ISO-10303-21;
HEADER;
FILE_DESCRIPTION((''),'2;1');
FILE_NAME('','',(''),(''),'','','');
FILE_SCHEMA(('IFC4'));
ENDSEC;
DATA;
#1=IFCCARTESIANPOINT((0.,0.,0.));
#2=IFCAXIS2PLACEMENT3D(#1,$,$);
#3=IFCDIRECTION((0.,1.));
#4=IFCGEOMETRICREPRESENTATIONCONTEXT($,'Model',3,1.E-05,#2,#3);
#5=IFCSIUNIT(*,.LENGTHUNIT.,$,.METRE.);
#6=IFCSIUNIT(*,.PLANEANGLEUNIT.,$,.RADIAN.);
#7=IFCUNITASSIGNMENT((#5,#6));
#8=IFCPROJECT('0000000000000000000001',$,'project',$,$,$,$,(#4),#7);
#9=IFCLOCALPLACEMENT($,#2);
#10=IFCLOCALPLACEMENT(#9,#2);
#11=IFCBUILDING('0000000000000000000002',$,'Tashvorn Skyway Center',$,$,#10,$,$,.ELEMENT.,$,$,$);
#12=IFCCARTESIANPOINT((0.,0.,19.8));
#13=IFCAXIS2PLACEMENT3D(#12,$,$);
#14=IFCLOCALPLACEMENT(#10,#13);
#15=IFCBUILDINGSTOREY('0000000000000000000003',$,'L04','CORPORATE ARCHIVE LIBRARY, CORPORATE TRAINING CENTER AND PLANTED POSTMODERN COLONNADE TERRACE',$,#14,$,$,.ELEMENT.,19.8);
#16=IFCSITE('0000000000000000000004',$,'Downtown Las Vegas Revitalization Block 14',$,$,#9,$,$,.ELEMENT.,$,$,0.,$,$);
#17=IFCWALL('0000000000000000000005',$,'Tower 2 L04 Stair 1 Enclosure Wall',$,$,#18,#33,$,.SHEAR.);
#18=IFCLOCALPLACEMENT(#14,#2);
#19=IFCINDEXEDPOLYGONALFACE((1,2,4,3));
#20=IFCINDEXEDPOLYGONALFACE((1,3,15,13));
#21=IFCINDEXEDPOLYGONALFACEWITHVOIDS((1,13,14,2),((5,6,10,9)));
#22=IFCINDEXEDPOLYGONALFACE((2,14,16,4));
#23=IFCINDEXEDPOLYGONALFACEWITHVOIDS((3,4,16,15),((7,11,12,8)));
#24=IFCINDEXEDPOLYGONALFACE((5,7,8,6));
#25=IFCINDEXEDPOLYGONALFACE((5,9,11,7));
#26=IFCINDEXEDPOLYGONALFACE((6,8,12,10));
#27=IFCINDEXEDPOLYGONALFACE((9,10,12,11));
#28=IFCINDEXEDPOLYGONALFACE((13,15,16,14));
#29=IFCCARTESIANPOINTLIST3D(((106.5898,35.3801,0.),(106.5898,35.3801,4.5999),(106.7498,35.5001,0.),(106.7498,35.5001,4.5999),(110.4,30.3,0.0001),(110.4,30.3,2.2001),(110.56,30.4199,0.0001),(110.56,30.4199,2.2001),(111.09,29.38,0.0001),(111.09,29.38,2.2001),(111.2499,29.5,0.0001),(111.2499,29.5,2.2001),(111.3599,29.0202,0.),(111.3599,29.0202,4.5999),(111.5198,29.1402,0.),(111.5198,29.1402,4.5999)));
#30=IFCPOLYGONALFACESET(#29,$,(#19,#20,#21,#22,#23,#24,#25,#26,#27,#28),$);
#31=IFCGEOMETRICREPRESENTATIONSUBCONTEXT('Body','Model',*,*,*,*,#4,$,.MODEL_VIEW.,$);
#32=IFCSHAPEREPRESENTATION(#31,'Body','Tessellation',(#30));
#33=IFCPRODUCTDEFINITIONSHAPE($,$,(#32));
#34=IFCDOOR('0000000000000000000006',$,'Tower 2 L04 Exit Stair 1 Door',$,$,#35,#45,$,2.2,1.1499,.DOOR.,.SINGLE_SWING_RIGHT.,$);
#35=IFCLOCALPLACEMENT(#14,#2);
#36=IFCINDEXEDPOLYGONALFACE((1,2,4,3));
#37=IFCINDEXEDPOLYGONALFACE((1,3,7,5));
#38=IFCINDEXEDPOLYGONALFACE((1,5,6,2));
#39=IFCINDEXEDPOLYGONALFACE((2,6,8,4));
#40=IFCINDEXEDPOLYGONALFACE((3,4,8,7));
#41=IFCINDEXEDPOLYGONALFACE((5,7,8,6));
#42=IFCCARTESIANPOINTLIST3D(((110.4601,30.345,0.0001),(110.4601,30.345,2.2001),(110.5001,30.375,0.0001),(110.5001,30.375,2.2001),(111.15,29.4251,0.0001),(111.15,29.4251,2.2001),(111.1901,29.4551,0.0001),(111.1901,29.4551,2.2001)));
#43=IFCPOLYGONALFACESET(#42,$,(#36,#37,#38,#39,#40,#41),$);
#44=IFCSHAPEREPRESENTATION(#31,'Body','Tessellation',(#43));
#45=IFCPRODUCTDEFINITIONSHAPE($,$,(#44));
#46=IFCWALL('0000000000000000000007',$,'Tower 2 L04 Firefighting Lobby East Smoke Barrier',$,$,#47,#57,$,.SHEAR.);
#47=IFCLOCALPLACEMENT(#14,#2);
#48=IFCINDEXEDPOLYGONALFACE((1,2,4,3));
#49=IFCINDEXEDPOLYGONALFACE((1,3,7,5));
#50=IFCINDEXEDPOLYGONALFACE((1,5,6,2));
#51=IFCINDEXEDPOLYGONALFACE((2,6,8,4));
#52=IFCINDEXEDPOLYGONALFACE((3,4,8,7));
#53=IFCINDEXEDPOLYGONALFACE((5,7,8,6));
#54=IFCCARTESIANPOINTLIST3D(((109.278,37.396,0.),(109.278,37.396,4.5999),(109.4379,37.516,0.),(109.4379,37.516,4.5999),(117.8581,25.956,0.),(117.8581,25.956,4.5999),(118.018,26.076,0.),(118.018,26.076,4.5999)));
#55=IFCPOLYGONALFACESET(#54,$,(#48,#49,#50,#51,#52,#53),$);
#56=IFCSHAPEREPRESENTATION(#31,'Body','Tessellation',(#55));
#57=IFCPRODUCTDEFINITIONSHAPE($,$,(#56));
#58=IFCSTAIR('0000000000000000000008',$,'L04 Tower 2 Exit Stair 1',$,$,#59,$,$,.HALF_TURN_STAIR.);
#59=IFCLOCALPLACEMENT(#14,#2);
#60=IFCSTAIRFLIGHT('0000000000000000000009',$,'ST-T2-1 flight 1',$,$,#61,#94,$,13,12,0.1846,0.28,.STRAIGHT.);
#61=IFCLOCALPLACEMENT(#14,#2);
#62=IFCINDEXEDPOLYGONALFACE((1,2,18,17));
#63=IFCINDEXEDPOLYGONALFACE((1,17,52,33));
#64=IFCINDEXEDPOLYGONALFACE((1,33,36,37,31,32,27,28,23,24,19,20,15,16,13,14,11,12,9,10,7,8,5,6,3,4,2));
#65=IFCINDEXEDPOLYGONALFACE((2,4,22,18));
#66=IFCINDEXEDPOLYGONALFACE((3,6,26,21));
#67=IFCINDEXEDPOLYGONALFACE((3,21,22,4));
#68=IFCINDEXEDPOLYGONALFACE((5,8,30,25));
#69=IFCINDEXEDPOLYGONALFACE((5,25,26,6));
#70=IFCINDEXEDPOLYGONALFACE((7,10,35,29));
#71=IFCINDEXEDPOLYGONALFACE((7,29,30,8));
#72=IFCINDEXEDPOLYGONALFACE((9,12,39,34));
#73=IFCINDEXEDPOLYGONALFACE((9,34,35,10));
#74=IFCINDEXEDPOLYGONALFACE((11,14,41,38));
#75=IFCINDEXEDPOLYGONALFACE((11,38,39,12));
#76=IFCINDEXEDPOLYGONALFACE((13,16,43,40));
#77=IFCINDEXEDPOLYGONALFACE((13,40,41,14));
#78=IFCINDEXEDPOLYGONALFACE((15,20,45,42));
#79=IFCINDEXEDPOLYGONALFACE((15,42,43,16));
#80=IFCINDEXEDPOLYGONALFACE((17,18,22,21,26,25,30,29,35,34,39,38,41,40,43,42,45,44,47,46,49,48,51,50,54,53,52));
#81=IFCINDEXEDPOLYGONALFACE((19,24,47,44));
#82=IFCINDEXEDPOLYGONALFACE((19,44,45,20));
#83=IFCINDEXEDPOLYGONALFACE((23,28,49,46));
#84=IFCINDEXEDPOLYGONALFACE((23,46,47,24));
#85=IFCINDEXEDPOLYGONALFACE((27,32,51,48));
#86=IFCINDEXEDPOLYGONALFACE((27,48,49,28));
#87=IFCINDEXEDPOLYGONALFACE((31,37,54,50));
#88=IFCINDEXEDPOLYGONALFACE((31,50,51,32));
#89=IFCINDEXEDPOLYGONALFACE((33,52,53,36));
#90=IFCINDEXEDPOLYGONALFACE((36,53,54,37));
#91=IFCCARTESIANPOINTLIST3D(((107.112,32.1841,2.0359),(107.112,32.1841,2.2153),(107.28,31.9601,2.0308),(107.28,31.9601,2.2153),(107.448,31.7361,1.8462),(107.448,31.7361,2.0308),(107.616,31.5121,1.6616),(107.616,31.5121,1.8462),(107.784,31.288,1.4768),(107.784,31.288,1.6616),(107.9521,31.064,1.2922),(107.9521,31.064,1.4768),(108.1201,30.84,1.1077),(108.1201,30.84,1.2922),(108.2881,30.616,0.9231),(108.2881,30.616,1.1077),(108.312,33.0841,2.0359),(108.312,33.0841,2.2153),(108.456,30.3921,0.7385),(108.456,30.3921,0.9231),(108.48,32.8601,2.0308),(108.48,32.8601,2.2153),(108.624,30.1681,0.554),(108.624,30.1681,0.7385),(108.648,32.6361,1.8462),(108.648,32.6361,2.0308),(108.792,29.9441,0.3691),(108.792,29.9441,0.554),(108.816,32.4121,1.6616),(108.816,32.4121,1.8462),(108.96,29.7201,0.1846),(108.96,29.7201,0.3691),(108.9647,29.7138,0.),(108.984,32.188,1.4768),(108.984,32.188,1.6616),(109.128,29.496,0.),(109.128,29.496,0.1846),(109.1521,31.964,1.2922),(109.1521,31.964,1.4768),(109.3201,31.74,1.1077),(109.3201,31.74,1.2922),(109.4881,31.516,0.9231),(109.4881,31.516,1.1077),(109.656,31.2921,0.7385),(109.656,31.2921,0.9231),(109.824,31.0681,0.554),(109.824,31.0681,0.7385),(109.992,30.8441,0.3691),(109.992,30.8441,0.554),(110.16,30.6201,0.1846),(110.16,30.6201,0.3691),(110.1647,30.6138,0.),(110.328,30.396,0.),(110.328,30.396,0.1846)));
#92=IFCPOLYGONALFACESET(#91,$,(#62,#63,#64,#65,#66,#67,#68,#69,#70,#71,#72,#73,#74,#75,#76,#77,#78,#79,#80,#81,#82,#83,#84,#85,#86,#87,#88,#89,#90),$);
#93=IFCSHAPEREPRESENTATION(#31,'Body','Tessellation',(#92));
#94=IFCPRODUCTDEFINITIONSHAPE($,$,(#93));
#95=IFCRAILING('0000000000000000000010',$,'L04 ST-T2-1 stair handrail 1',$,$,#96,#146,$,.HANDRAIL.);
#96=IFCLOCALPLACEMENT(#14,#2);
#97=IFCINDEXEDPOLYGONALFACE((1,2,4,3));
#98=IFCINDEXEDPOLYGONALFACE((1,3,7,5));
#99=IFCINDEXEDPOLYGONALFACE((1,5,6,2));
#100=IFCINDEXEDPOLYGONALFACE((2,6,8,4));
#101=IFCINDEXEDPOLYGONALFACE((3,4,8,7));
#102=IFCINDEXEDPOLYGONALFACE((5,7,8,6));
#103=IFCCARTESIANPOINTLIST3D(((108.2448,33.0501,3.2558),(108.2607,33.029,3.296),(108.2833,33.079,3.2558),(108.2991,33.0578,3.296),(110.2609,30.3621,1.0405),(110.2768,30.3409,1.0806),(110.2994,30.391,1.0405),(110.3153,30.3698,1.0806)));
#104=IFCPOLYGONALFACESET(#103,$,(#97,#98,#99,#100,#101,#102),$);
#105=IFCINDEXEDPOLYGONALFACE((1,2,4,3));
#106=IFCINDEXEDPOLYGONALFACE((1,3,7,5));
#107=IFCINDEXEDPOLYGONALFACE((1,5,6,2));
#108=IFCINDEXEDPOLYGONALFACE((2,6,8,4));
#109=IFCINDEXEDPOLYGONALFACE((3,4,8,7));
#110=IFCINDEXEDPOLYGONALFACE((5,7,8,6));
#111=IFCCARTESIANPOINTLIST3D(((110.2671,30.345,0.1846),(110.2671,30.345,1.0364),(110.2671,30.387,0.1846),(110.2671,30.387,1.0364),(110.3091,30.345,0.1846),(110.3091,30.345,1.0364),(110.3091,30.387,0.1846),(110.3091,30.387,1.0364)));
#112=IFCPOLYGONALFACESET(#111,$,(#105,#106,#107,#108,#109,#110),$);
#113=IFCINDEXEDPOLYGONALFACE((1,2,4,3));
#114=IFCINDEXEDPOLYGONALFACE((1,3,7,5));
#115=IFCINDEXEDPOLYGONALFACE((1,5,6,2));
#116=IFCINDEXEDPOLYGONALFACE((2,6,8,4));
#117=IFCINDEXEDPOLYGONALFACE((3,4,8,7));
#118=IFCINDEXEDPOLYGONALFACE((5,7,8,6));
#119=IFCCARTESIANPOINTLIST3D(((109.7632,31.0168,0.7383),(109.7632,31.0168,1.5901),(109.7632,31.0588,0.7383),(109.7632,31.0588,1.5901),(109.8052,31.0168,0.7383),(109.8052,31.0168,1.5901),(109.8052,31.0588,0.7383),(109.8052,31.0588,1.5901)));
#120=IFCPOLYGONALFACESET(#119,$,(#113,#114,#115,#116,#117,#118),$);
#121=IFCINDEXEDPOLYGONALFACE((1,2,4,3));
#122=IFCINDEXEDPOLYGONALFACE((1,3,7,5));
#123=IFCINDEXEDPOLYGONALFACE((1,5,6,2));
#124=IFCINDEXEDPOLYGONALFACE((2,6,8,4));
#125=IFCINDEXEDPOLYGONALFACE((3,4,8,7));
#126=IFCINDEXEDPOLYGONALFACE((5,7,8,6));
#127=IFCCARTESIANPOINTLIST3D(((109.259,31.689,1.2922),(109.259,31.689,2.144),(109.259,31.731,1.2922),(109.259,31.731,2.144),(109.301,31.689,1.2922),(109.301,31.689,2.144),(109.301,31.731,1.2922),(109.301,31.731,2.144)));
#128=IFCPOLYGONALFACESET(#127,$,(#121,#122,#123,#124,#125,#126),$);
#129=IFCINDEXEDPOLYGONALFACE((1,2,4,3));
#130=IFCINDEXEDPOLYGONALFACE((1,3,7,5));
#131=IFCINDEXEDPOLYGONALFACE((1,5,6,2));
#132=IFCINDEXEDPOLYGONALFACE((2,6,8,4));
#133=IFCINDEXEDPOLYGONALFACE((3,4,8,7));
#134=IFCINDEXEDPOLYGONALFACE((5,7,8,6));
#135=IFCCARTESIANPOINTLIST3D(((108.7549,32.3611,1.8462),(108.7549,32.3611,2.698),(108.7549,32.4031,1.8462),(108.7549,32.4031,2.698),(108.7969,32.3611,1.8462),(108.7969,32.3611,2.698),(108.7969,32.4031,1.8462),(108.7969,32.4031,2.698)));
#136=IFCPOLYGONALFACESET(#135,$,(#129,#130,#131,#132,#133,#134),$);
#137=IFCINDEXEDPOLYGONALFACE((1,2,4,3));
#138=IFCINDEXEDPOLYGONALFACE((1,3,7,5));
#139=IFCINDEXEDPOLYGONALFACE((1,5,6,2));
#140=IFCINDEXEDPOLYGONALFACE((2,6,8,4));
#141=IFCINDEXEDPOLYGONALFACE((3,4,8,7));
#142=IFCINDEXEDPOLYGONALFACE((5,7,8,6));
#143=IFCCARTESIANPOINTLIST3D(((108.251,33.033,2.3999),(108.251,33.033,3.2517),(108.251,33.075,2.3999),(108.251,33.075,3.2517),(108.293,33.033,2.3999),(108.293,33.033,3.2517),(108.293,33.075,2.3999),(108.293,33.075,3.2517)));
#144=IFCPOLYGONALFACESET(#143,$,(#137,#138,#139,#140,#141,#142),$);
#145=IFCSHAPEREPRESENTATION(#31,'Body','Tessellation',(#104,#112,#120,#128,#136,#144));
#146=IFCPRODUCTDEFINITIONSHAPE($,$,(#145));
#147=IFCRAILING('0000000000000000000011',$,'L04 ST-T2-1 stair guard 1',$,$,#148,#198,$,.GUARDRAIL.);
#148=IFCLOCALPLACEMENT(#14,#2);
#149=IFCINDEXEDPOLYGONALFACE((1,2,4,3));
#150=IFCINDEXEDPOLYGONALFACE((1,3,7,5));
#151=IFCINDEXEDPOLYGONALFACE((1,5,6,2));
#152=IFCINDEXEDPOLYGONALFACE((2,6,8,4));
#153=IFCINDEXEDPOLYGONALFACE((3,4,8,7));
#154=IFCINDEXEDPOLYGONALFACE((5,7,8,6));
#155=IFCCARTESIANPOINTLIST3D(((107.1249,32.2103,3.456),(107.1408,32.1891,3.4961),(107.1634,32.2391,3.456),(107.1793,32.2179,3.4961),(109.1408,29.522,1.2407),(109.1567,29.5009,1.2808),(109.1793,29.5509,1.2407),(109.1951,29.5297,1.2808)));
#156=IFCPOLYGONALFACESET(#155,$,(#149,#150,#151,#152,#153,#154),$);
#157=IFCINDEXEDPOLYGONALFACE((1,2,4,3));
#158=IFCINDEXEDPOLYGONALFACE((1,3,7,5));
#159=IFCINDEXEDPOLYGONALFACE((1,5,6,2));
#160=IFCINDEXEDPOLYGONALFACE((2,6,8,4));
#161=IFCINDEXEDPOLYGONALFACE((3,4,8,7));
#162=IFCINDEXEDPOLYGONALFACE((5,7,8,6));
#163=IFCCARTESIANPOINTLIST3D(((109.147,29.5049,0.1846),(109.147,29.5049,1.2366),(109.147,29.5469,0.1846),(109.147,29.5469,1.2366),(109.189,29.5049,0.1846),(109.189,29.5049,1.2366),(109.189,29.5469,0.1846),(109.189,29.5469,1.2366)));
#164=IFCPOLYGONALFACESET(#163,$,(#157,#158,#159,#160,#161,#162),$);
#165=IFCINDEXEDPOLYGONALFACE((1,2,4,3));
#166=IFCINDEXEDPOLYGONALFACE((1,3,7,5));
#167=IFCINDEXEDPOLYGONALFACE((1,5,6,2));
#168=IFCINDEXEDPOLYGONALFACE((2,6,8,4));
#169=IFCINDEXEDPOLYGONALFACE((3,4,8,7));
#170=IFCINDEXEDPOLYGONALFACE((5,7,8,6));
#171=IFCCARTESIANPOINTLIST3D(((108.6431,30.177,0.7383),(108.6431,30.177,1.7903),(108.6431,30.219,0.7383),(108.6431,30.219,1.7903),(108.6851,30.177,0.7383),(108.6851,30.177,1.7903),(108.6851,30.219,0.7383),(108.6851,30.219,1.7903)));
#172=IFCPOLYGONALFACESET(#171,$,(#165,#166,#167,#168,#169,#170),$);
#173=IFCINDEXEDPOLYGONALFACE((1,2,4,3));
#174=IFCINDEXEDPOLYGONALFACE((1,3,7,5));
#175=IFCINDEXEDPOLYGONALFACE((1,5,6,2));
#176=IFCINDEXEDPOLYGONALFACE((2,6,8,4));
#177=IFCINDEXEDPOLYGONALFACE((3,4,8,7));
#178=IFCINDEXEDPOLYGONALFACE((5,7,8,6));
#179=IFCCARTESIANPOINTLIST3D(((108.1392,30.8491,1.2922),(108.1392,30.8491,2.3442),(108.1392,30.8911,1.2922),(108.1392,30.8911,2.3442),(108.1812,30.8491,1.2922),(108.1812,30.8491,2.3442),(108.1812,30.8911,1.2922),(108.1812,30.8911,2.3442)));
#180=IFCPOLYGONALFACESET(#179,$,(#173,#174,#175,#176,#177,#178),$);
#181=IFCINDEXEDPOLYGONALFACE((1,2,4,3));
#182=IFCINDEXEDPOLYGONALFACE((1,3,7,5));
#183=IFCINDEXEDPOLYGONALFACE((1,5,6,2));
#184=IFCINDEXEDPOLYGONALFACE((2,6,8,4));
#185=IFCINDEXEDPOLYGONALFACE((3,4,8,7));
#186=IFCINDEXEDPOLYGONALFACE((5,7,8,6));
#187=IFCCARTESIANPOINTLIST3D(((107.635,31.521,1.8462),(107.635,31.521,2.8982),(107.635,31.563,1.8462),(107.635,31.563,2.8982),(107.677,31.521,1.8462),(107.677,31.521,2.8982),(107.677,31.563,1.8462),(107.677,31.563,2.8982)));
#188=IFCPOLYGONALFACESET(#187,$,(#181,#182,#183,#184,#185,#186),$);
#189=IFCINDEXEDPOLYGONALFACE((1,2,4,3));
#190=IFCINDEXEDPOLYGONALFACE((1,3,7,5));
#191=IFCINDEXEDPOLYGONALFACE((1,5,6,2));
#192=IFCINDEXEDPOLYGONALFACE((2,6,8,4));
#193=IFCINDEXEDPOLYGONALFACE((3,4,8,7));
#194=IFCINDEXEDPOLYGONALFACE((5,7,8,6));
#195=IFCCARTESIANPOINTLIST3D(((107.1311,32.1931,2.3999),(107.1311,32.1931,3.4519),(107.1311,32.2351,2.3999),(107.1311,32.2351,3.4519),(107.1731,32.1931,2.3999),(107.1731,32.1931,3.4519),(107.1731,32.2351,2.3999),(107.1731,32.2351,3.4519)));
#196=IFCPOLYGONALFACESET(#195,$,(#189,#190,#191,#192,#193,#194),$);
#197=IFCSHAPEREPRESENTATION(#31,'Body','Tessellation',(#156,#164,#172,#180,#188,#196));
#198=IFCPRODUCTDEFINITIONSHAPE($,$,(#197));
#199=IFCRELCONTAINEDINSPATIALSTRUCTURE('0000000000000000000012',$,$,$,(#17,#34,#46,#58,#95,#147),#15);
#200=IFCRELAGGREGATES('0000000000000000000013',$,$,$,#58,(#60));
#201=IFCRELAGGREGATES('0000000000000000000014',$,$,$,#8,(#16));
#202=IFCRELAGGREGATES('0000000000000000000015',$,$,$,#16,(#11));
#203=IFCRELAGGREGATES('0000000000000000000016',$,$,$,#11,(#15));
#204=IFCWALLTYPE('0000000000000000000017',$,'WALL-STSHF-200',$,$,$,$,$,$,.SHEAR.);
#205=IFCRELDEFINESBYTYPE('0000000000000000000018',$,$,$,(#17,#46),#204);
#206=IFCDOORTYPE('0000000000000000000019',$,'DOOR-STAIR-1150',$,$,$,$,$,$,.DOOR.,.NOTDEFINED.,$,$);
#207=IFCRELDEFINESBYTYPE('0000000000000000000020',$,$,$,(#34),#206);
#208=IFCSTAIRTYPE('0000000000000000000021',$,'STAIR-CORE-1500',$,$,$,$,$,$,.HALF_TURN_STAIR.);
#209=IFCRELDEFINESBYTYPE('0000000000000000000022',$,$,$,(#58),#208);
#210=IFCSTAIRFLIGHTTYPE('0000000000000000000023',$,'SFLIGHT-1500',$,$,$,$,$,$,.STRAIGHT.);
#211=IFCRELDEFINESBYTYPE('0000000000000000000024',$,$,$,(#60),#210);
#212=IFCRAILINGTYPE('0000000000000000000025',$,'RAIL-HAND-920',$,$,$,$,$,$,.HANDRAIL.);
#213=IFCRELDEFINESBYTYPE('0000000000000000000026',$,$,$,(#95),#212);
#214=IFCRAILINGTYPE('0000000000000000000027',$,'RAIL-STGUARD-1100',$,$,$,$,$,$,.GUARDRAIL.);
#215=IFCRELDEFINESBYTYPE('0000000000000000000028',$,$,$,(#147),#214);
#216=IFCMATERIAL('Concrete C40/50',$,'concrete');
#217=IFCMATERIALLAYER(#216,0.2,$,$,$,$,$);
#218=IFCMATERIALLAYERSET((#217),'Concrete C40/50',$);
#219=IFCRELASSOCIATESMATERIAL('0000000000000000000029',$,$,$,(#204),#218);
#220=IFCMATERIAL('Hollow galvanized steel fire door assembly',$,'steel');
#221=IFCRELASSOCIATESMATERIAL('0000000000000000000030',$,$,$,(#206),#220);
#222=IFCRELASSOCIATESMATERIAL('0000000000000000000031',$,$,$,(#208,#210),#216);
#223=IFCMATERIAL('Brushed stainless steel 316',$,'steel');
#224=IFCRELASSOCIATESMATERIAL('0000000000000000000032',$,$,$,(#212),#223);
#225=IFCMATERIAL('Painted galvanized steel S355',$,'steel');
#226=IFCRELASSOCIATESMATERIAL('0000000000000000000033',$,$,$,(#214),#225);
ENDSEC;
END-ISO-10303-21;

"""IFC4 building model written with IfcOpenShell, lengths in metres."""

from ifc_helpers import new_model, si_unit, direction, frame, frame_2d, origin, origin_2d, place, context, subcontext, project, spatial, polyline, rectangle, outline, extrude, material, layer, layer_set, type_object, element, fill, aggregate, save


model = new_model("IFC4")

# Units and contexts
model_context = context("Model", 3, precision=1e-05, world=origin(), true_north=direction((0.0, 1.0)))
body_context = subcontext(model_context, "Body", "Model", "MODEL_VIEW")
ifc_project = project(units=[si_unit("LENGTHUNIT", "METRE"), si_unit("PLANEANGLEUNIT", "RADIAN")], contexts=[model_context])

# Site, building, storey
site_placement = place(None, origin())
site = spatial("IfcSite", under=ifc_project, at=site_placement, Name="Downtown Las Vegas Revitalization Block 14", CompositionType="ELEMENT", RefElevation=0.0)
building_placement = place(site_placement, origin())
building = spatial("IfcBuilding", under=site, at=building_placement, Name="Tashvorn Skyway Center", CompositionType="ELEMENT")
storey_placement = place(building_placement, frame((0.0, 0.0, 19.8)))
storey = spatial("IfcBuildingStorey", under=building, at=storey_placement, Name="L04", Description="CORPORATE ARCHIVE LIBRARY, CORPORATE TRAINING CENTER AND PLANTED POSTMODERN COLONNADE TERRACE", CompositionType="ELEMENT", Elevation=19.8)

# Shared definitions
ifc_material_1 = material(Name="Concrete C40/50", Category="concrete")

# Wall, opening, door
ifc_layer_1 = layer(ifc_material_1, 0.2)
ifc_layer_set_1 = layer_set([ifc_layer_1], Name="Concrete C40/50")
wall_type_1 = type_object("IfcWallType", Name="WALL-STSHF-200", PredefinedType="SHEAR", material=ifc_layer_set_1)
wall_1_placement = place(storey_placement, frame((111.4399, 29.0801, 0.0), z_axis=(0.0, 0.0, 1.0), x_axis=(-0.60001, 0.799993, 0.0)))
wall_1 = element("IfcWall", 1, at=wall_1_placement, inside=storey, type_object=wall_type_1, Name="Tower 2 L04 Stair 1 Enclosure Wall", PredefinedType="SHEAR", context=body_context, shape_type="SweptSolid", body=[
    extrude(rectangle(XDim=7.95, YDim=0.2, at=frame_2d((3.9751, 0.0))), origin(), (0.0, 0.0, 1.0), 4.5999),
])
opening_1_placement = place(wall_1_placement, frame((0.45, 0.0, 0.0)))
opening_1 = element("IfcOpeningElement", 2, at=opening_1_placement, cuts=wall_1, PredefinedType="OPENING", context=body_context, shape_type="SweptSolid", body=[
    extrude(rectangle(XDim=1.1499, YDim=2.2, at=frame_2d((0.575, 1.1001))), frame((0.0, 0.1099, 0.0), z_axis=(0.0, -1.0, 0.0), x_axis=(1.0, 0.0, 0.0)), (0.0, 0.0, 1.0), 0.22),
])
ifc_material_2 = material(Name="Hollow galvanized steel fire door assembly", Category="steel")
door_type_1 = type_object("IfcDoorType", Name="DOOR-STAIR-1150", OperationType="NOTDEFINED", PredefinedType="DOOR", material=ifc_material_2)
door_1_placement = place(opening_1_placement, origin())
door_1 = element("IfcDoor", 3, at=door_1_placement, inside=storey, type_object=door_type_1, Name="Tower 2 L04 Exit Stair 1 Door", OperationType="SINGLE_SWING_RIGHT", OverallHeight=2.2, OverallWidth=1.1499, PredefinedType="DOOR", context=body_context, shape_type="SweptSolid", body=[
    extrude(rectangle(XDim=1.1499, YDim=2.2, at=frame_2d((0.575, 1.1001))), frame((0.0, 0.0249, 0.0), z_axis=(0.0, -1.0, 0.0), x_axis=(1.0, 0.0, 0.0)), (0.0, 0.0, 1.0), 0.05),
])
fill(opening_1, door_1)

# Wall
wall_2_placement = place(storey_placement, frame((117.938, 26.0161, 0.0), z_axis=(0.0, 0.0, 1.0), x_axis=(-0.600005, 0.799996, 0.0)))
element("IfcWall", 4, at=wall_2_placement, inside=storey, type_object=wall_type_1, Name="Tower 2 L04 Firefighting Lobby East Smoke Barrier", PredefinedType="SHEAR", context=body_context, shape_type="SweptSolid", body=[
    extrude(rectangle(XDim=14.3, YDim=0.2, at=frame_2d((7.1499, 0.0))), origin(), (0.0, 0.0, 1.0), 4.5999),
])

# Stair, stair flight
stair_type = type_object("IfcStairType", Name="STAIR-CORE-1500", PredefinedType="HALF_TURN_STAIR", material=ifc_material_1)
stair_placement = place(storey_placement, origin())
stair = element("IfcStair", 5, at=stair_placement, inside=storey, type_object=stair_type, Name="L04 Tower 2 Exit Stair 1", PredefinedType="HALF_TURN_STAIR")
stair_flight_type = type_object("IfcStairFlightType", Name="SFLIGHT-1500", PredefinedType="STRAIGHT", material=ifc_material_1)
stair_flight_placement = place(storey_placement, frame((109.728, 29.946, 0.0), z_axis=(0.0, 0.0, 1.0), x_axis=(-0.6, 0.8, 0.0)))
stair_flight = element("IfcStairFlight", 6, at=stair_flight_placement, type_object=stair_flight_type, Name="ST-T2-1 flight 1", NumberOfRisers=13, NumberOfTreads=12, PredefinedType="STRAIGHT", RiserHeight=0.1846, TreadLength=0.28, context=body_context, shape_type="SweptSolid", body=[
    extrude(outline(polyline([(0.0, 0.0), (0.0, 0.1846), (0.28, 0.1846), (0.28, 0.3691), (0.5601, 0.3691), (0.5601, 0.554), (0.8401, 0.554), (0.8401, 0.7385), (1.1201, 0.7385), (1.1201, 0.9231), (1.3999, 0.9231), (1.3999, 1.1077), (1.6799, 1.1077), (1.6799, 1.2922), (1.96, 1.2922), (1.96, 1.4768), (2.24, 1.4768), (2.24, 1.6616), (2.52, 1.6616), (2.52, 1.8462), (2.8, 1.8462), (2.8, 2.0308), (3.0801, 2.0308), (3.0801, 2.2153), (3.3601, 2.2153), (3.3601, 2.3999), (3.3601, 2.0359), (0.2722, 0.0), (0.0, 0.0)])), frame((0.0, 0.75, 0.0), z_axis=(0.0, -1.0, 0.0), x_axis=(1.0, 0.0, 0.0)), (0.0, 0.0, 1.0), 1.5),
])
aggregate(stair, [stair_flight])

# Railings
ifc_material_3 = material(Name="Brushed stainless steel 316", Category="steel")
railing_type_1 = type_object("IfcRailingType", Name="RAIL-HAND-920", PredefinedType="HANDRAIL", material=ifc_material_3)
railing_1_placement = place(storey_placement, frame((110.2881, 30.366, 0.1846)))
element("IfcRailing", 7, at=railing_1_placement, inside=storey, type_object=railing_type_1, Name="L04 ST-T2-1 stair handrail 1", PredefinedType="HANDRAIL", context=body_context, shape_type="SweptSolid", body=[
    extrude(rectangle(XDim=0.0481, YDim=0.0481, at=origin_2d()), frame((0.0, 0.0, 0.876), z_axis=(-0.500943, 0.667884, 0.550443), x_axis=(-0.799983, -0.600023, 0.0)), (0.0, 0.0, 1.0), 4.0247),
    extrude(rectangle(XDim=0.042, YDim=0.042, at=origin_2d()), origin(), (0.0, 0.0, 1.0), 0.8518),
    extrude(rectangle(XDim=0.042, YDim=0.042, at=origin_2d()), frame((-0.5039, 0.6719, 0.5537)), (0.0, 0.0, 1.0), 0.8518),
    extrude(rectangle(XDim=0.042, YDim=0.042, at=origin_2d()), frame((-1.0081, 1.344, 1.1077)), (0.0, 0.0, 1.0), 0.8518),
    extrude(rectangle(XDim=0.042, YDim=0.042, at=origin_2d()), frame((-1.5122, 2.0161, 1.6616)), (0.0, 0.0, 1.0), 0.8518),
    extrude(rectangle(XDim=0.042, YDim=0.042, at=origin_2d()), frame((-2.0161, 2.688, 2.2153)), (0.0, 0.0, 1.0), 0.8518),
])
ifc_material_4 = material(Name="Painted galvanized steel S355", Category="steel")
railing_type_2 = type_object("IfcRailingType", Name="RAIL-STGUARD-1100", PredefinedType="GUARDRAIL", material=ifc_material_4)
railing_2_placement = place(storey_placement, frame((109.168, 29.5259, 0.1846)))
element("IfcRailing", 8, at=railing_2_placement, inside=storey, type_object=railing_type_2, Name="L04 ST-T2-1 stair guard 1", PredefinedType="GUARDRAIL", context=body_context, shape_type="SweptSolid", body=[
    extrude(rectangle(XDim=0.0481, YDim=0.0481, at=origin_2d()), frame((0.0, 0.0, 1.0762), z_axis=(-0.500877, 0.667938, 0.550437), x_axis=(-0.800044, -0.599942, 0.0)), (0.0, 0.0, 1.0), 4.0247),
    extrude(rectangle(XDim=0.042, YDim=0.042, at=origin_2d()), origin(), (0.0, 0.0, 1.0), 1.052),
    extrude(rectangle(XDim=0.042, YDim=0.042, at=origin_2d()), frame((-0.5039, 0.6721, 0.5537)), (0.0, 0.0, 1.0), 1.052),
    extrude(rectangle(XDim=0.042, YDim=0.042, at=origin_2d()), frame((-1.0078, 1.3442, 1.1077)), (0.0, 0.0, 1.0), 1.052),
    extrude(rectangle(XDim=0.042, YDim=0.042, at=origin_2d()), frame((-1.512, 2.0161, 1.6616)), (0.0, 0.0, 1.0), 1.052),
    extrude(rectangle(XDim=0.042, YDim=0.042, at=origin_2d()), frame((-2.0159, 2.6882, 2.2153)), (0.0, 0.0, 1.0), 1.052),
])

save(model, "model.ifc")
